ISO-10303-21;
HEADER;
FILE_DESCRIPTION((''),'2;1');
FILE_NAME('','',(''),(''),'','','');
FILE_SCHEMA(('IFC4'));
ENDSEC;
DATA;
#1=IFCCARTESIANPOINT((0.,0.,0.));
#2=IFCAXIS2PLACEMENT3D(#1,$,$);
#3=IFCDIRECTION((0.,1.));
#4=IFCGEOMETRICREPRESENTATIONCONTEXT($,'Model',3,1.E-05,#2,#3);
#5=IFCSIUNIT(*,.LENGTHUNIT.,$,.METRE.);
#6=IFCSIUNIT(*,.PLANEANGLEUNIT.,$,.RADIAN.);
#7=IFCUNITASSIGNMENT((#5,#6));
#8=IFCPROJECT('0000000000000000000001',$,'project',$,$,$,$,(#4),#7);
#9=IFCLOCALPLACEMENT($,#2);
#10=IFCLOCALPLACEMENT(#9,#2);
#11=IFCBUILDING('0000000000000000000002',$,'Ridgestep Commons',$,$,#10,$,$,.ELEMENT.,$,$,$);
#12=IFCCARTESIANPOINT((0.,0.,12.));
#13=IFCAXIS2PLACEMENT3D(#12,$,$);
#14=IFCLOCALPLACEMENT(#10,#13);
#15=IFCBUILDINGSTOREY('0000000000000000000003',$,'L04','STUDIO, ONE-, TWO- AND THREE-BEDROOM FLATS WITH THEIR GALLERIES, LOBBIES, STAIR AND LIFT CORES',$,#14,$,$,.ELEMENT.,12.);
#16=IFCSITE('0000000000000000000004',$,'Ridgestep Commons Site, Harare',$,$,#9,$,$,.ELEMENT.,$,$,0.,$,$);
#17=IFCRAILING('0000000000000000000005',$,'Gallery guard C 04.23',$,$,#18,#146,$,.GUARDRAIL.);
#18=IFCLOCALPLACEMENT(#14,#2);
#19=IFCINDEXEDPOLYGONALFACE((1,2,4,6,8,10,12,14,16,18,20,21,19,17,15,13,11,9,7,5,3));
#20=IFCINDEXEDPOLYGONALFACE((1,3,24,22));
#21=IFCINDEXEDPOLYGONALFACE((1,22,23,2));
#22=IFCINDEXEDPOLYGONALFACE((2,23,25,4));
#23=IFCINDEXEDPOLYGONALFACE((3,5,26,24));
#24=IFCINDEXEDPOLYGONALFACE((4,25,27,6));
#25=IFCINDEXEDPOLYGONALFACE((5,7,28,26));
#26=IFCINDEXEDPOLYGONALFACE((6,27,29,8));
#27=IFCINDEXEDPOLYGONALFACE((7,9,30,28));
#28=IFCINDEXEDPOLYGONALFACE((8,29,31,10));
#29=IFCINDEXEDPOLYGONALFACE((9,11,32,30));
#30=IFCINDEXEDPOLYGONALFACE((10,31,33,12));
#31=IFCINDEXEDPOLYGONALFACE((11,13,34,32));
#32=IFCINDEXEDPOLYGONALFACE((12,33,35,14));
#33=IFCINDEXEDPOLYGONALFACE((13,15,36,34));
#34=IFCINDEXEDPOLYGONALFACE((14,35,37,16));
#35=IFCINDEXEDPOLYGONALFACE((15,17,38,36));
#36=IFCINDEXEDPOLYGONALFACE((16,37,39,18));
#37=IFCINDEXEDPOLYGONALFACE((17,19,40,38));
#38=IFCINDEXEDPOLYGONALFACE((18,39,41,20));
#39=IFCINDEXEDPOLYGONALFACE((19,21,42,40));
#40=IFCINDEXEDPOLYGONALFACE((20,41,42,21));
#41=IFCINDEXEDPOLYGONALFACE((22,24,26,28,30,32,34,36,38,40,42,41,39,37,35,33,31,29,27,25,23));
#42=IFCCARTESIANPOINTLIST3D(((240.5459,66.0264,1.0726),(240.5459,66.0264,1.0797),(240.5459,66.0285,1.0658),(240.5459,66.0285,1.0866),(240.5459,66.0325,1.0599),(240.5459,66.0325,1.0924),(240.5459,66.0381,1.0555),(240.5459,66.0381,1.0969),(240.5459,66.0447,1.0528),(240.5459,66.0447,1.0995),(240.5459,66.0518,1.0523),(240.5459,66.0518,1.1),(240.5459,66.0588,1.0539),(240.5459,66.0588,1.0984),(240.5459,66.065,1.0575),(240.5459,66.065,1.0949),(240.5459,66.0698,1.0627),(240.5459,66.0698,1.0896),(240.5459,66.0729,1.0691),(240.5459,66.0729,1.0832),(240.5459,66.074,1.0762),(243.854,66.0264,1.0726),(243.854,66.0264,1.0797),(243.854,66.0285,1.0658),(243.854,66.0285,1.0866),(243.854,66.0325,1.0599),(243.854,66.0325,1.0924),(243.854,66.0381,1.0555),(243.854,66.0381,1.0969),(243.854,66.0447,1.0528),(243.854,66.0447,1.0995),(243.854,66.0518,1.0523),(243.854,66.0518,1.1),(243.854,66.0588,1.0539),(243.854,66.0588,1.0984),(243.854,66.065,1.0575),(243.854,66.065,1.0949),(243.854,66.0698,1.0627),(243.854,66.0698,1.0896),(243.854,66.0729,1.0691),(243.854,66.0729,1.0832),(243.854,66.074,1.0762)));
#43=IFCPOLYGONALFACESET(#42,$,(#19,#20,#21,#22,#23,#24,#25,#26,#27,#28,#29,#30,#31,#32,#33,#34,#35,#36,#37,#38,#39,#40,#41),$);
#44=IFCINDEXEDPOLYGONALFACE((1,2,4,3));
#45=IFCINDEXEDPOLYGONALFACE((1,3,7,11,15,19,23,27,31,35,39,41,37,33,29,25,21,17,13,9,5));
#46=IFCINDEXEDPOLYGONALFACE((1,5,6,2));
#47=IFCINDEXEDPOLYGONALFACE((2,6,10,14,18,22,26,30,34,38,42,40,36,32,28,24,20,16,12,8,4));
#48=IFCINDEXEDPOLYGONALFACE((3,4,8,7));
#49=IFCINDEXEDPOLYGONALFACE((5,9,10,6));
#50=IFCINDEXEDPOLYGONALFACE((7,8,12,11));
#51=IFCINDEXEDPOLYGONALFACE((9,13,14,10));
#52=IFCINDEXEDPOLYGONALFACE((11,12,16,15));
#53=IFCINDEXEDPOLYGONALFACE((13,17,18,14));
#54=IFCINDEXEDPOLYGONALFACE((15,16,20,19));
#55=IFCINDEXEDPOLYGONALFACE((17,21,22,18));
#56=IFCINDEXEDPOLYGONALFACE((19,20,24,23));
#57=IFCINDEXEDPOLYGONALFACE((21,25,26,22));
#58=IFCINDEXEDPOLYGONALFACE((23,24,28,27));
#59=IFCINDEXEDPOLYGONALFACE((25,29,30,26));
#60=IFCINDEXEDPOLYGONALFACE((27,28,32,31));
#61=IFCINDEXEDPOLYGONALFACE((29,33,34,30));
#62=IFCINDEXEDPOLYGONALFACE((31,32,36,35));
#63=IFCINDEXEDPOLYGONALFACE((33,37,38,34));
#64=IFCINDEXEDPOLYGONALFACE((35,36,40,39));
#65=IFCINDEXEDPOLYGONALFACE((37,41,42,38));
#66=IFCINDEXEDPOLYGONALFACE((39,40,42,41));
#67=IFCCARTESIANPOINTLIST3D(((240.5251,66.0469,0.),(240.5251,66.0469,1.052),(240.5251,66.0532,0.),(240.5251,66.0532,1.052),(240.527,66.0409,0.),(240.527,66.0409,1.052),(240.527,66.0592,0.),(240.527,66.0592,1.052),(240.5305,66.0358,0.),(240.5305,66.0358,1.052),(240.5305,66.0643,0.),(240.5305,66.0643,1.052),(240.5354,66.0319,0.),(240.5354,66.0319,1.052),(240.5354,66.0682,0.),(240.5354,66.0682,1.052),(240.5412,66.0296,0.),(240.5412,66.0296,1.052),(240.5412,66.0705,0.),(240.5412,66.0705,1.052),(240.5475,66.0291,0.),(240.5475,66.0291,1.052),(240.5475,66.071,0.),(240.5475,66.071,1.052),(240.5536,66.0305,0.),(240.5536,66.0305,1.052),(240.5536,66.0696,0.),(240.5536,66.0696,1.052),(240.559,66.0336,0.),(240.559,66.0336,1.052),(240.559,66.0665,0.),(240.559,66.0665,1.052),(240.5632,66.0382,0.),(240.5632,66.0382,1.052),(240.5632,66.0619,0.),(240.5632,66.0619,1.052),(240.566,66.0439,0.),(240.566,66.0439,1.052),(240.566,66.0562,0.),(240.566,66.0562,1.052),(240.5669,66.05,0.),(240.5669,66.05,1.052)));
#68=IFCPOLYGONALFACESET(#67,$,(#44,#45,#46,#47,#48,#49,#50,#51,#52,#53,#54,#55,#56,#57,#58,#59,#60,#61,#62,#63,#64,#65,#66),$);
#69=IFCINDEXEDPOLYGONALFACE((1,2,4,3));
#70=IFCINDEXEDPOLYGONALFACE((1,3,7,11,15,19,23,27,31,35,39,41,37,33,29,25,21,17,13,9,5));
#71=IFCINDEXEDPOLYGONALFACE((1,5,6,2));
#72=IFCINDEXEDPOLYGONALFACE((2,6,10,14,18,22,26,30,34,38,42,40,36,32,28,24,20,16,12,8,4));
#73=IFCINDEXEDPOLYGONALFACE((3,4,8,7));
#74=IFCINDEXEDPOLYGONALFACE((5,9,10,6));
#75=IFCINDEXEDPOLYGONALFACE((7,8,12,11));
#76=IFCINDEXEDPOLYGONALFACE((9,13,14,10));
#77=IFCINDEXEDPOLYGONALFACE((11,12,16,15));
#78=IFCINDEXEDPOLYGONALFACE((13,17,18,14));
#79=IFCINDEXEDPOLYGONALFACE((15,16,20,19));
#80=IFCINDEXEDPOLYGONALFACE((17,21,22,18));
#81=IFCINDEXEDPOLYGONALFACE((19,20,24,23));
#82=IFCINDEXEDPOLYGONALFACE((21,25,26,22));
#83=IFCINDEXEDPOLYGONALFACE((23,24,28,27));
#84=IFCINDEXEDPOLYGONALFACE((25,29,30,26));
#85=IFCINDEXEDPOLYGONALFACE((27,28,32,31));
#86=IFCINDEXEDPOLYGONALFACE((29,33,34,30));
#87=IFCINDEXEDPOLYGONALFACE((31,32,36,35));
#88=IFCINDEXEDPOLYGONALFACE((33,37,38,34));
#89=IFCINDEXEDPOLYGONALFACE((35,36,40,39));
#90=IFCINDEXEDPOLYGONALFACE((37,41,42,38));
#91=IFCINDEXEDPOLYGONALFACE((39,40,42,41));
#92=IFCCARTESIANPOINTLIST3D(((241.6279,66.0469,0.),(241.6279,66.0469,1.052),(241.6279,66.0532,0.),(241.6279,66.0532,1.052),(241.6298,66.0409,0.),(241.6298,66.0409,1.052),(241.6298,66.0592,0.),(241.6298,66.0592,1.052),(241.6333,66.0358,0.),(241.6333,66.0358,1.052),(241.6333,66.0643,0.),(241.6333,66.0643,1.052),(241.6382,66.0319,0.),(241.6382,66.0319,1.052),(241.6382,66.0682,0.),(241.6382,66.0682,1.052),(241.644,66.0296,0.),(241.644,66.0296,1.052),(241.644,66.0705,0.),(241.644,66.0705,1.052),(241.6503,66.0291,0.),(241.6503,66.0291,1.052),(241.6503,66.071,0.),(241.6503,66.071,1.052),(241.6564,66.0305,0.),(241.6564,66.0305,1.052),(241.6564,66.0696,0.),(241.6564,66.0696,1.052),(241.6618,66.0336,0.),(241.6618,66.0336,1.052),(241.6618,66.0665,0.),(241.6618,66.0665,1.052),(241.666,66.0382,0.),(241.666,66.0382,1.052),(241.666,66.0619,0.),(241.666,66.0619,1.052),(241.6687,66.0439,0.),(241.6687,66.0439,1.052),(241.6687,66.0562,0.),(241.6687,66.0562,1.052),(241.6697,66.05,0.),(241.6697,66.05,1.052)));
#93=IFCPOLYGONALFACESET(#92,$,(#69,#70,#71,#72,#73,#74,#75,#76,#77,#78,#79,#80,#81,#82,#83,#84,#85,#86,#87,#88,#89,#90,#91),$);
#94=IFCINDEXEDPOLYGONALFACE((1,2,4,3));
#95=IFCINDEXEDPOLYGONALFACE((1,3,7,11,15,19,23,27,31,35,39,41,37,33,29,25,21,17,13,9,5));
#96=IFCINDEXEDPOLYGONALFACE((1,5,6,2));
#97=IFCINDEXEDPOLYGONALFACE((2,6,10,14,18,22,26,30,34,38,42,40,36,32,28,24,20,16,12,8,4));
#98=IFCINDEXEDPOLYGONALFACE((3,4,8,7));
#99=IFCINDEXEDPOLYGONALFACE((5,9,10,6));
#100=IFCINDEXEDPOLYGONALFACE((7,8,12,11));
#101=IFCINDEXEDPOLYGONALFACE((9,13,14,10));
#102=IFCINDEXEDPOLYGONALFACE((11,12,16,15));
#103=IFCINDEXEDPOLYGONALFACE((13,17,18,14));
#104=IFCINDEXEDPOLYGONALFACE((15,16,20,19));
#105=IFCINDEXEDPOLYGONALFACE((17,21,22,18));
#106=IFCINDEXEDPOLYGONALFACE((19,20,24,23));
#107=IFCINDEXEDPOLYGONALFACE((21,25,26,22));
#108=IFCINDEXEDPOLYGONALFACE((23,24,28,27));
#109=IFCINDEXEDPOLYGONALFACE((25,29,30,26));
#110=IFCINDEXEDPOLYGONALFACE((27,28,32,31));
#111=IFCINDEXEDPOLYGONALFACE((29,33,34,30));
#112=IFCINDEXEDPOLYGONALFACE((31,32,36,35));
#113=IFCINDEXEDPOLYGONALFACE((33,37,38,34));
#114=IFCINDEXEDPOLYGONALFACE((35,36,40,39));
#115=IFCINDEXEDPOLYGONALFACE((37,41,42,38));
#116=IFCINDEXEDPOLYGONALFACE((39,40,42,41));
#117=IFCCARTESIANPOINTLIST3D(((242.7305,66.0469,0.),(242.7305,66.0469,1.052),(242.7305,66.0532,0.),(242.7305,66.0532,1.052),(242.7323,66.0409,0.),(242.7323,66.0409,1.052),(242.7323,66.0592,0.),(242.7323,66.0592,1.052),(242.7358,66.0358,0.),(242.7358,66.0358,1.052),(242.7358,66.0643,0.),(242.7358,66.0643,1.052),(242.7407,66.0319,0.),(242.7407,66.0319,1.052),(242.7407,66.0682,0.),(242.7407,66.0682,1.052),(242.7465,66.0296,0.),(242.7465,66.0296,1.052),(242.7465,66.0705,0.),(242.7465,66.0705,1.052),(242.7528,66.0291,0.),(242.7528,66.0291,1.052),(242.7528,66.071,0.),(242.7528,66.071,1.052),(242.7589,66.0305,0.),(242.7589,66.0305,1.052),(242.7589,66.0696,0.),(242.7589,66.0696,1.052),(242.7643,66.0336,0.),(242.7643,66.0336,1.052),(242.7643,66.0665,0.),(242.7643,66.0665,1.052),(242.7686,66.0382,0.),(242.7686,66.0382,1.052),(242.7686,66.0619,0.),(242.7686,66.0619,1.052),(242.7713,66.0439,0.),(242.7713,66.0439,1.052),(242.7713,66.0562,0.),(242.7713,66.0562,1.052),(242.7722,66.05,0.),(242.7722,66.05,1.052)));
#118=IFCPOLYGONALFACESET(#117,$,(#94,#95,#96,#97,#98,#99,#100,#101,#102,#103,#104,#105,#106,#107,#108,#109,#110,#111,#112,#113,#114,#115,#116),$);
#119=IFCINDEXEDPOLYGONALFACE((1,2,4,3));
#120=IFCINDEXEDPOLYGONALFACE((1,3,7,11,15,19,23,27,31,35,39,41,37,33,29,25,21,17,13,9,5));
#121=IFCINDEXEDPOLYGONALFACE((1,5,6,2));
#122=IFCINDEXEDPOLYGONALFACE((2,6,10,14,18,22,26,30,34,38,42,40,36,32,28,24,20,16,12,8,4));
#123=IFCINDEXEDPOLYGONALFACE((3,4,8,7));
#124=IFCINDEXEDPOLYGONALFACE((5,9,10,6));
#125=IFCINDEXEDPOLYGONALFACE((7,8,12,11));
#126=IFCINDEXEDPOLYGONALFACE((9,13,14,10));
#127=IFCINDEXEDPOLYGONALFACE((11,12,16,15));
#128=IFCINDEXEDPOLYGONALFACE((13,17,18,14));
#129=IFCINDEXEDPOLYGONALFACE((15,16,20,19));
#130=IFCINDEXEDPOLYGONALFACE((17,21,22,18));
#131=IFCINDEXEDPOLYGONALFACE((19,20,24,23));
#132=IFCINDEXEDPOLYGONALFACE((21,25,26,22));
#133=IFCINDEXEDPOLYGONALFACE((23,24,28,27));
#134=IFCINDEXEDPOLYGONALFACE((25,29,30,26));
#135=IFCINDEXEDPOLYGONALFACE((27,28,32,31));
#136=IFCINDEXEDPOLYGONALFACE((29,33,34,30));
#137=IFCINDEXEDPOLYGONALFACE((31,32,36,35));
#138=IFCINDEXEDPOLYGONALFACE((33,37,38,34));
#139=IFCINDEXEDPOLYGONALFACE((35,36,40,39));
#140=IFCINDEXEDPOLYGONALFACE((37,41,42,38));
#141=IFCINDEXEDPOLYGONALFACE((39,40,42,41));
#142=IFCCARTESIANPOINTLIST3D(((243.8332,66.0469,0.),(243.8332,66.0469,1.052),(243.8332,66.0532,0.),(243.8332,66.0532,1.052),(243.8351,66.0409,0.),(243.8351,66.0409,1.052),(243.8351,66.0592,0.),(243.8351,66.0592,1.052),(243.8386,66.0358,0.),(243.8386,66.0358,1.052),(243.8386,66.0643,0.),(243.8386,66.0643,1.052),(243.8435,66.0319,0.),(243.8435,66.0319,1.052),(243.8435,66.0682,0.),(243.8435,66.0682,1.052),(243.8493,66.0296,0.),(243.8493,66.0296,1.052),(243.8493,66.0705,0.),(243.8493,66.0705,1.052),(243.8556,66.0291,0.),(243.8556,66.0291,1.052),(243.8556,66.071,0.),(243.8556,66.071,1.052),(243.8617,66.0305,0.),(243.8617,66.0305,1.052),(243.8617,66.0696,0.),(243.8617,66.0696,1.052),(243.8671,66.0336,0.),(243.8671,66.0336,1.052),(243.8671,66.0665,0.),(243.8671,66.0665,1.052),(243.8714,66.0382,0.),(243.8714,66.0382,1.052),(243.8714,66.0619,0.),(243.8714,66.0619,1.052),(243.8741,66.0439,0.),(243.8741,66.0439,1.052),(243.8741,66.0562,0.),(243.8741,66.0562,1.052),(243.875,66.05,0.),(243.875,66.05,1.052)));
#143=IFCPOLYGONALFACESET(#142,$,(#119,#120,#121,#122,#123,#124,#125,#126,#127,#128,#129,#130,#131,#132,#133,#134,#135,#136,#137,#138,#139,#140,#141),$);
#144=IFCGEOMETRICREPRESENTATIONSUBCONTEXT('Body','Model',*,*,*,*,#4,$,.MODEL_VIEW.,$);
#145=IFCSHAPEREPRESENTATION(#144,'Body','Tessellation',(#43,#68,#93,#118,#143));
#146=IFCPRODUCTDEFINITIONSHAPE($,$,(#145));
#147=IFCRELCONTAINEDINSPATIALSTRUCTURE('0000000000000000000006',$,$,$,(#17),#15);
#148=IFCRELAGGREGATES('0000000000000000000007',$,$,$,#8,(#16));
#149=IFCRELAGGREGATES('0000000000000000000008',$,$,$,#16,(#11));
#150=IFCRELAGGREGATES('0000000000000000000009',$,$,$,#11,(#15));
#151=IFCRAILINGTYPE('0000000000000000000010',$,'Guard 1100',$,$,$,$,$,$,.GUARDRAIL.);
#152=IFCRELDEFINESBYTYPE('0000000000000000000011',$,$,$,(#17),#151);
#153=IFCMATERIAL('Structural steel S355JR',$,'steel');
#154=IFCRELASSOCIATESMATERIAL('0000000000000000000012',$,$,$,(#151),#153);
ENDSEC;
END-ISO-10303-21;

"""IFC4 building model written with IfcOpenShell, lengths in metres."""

from ifc_helpers import new_model, si_unit, direction, frame, origin, origin_2d, place, context, subcontext, project, spatial, circle, extrude, material, type_object, element, save


model = new_model("IFC4")

# Units and contexts
model_context = context("Model", 3, precision=1e-05, world=origin(), true_north=direction((0.0, 1.0)))
body_context = subcontext(model_context, "Body", "Model", "MODEL_VIEW")
ifc_project = project(units=[si_unit("LENGTHUNIT", "METRE"), si_unit("PLANEANGLEUNIT", "RADIAN")], contexts=[model_context])

# Site, building, storey
site_placement = place(None, origin())
site = spatial("IfcSite", under=ifc_project, at=site_placement, Name="Ridgestep Commons Site, Harare", CompositionType="ELEMENT", RefElevation=0.0)
building_placement = place(site_placement, origin())
building = spatial("IfcBuilding", under=site, at=building_placement, Name="Ridgestep Commons", CompositionType="ELEMENT")
storey_placement = place(building_placement, frame((0.0, 0.0, 12.0)))
storey = spatial("IfcBuildingStorey", under=building, at=storey_placement, Name="L04", Description="STUDIO, ONE-, TWO- AND THREE-BEDROOM FLATS WITH THEIR GALLERIES, LOBBIES, STAIR AND LIFT CORES", CompositionType="ELEMENT", Elevation=12.0)

# Railing
ifc_material_1 = material(Name="Structural steel S355JR", Category="steel")
railing_type = type_object("IfcRailingType", Name="Guard 1100", PredefinedType="GUARDRAIL", material=ifc_material_1)
railing_1_placement = place(storey_placement, frame((240.5459, 66.05, 0.0)))
element("IfcRailing", 1, at=railing_1_placement, inside=storey, type_object=railing_type, Name="Gallery guard C 04.23", PredefinedType="GUARDRAIL", context=body_context, shape_type="SweptSolid", body=[
    extrude(circle(Radius=0.0239, at=origin_2d()), frame((0.0, 0.0, 1.0762), z_axis=(1.0, 0.0, 0.0), x_axis=(0.0, 1.0, 0.0)), (0.0, 0.0, 1.0), 3.3081),
    extrude(circle(Radius=0.021, at=origin_2d()), origin(), (0.0, 0.0, 1.0), 1.052),
    extrude(circle(Radius=0.021, at=origin_2d()), frame((1.1028, 0.0, 0.0)), (0.0, 0.0, 1.0), 1.052),
    extrude(circle(Radius=0.021, at=origin_2d()), frame((2.2053, 0.0, 0.0)), (0.0, 0.0, 1.0), 1.052),
    extrude(circle(Radius=0.021, at=origin_2d()), frame((3.3081, 0.0, 0.0)), (0.0, 0.0, 1.0), 1.052),
])

save(model, "model.ifc")
